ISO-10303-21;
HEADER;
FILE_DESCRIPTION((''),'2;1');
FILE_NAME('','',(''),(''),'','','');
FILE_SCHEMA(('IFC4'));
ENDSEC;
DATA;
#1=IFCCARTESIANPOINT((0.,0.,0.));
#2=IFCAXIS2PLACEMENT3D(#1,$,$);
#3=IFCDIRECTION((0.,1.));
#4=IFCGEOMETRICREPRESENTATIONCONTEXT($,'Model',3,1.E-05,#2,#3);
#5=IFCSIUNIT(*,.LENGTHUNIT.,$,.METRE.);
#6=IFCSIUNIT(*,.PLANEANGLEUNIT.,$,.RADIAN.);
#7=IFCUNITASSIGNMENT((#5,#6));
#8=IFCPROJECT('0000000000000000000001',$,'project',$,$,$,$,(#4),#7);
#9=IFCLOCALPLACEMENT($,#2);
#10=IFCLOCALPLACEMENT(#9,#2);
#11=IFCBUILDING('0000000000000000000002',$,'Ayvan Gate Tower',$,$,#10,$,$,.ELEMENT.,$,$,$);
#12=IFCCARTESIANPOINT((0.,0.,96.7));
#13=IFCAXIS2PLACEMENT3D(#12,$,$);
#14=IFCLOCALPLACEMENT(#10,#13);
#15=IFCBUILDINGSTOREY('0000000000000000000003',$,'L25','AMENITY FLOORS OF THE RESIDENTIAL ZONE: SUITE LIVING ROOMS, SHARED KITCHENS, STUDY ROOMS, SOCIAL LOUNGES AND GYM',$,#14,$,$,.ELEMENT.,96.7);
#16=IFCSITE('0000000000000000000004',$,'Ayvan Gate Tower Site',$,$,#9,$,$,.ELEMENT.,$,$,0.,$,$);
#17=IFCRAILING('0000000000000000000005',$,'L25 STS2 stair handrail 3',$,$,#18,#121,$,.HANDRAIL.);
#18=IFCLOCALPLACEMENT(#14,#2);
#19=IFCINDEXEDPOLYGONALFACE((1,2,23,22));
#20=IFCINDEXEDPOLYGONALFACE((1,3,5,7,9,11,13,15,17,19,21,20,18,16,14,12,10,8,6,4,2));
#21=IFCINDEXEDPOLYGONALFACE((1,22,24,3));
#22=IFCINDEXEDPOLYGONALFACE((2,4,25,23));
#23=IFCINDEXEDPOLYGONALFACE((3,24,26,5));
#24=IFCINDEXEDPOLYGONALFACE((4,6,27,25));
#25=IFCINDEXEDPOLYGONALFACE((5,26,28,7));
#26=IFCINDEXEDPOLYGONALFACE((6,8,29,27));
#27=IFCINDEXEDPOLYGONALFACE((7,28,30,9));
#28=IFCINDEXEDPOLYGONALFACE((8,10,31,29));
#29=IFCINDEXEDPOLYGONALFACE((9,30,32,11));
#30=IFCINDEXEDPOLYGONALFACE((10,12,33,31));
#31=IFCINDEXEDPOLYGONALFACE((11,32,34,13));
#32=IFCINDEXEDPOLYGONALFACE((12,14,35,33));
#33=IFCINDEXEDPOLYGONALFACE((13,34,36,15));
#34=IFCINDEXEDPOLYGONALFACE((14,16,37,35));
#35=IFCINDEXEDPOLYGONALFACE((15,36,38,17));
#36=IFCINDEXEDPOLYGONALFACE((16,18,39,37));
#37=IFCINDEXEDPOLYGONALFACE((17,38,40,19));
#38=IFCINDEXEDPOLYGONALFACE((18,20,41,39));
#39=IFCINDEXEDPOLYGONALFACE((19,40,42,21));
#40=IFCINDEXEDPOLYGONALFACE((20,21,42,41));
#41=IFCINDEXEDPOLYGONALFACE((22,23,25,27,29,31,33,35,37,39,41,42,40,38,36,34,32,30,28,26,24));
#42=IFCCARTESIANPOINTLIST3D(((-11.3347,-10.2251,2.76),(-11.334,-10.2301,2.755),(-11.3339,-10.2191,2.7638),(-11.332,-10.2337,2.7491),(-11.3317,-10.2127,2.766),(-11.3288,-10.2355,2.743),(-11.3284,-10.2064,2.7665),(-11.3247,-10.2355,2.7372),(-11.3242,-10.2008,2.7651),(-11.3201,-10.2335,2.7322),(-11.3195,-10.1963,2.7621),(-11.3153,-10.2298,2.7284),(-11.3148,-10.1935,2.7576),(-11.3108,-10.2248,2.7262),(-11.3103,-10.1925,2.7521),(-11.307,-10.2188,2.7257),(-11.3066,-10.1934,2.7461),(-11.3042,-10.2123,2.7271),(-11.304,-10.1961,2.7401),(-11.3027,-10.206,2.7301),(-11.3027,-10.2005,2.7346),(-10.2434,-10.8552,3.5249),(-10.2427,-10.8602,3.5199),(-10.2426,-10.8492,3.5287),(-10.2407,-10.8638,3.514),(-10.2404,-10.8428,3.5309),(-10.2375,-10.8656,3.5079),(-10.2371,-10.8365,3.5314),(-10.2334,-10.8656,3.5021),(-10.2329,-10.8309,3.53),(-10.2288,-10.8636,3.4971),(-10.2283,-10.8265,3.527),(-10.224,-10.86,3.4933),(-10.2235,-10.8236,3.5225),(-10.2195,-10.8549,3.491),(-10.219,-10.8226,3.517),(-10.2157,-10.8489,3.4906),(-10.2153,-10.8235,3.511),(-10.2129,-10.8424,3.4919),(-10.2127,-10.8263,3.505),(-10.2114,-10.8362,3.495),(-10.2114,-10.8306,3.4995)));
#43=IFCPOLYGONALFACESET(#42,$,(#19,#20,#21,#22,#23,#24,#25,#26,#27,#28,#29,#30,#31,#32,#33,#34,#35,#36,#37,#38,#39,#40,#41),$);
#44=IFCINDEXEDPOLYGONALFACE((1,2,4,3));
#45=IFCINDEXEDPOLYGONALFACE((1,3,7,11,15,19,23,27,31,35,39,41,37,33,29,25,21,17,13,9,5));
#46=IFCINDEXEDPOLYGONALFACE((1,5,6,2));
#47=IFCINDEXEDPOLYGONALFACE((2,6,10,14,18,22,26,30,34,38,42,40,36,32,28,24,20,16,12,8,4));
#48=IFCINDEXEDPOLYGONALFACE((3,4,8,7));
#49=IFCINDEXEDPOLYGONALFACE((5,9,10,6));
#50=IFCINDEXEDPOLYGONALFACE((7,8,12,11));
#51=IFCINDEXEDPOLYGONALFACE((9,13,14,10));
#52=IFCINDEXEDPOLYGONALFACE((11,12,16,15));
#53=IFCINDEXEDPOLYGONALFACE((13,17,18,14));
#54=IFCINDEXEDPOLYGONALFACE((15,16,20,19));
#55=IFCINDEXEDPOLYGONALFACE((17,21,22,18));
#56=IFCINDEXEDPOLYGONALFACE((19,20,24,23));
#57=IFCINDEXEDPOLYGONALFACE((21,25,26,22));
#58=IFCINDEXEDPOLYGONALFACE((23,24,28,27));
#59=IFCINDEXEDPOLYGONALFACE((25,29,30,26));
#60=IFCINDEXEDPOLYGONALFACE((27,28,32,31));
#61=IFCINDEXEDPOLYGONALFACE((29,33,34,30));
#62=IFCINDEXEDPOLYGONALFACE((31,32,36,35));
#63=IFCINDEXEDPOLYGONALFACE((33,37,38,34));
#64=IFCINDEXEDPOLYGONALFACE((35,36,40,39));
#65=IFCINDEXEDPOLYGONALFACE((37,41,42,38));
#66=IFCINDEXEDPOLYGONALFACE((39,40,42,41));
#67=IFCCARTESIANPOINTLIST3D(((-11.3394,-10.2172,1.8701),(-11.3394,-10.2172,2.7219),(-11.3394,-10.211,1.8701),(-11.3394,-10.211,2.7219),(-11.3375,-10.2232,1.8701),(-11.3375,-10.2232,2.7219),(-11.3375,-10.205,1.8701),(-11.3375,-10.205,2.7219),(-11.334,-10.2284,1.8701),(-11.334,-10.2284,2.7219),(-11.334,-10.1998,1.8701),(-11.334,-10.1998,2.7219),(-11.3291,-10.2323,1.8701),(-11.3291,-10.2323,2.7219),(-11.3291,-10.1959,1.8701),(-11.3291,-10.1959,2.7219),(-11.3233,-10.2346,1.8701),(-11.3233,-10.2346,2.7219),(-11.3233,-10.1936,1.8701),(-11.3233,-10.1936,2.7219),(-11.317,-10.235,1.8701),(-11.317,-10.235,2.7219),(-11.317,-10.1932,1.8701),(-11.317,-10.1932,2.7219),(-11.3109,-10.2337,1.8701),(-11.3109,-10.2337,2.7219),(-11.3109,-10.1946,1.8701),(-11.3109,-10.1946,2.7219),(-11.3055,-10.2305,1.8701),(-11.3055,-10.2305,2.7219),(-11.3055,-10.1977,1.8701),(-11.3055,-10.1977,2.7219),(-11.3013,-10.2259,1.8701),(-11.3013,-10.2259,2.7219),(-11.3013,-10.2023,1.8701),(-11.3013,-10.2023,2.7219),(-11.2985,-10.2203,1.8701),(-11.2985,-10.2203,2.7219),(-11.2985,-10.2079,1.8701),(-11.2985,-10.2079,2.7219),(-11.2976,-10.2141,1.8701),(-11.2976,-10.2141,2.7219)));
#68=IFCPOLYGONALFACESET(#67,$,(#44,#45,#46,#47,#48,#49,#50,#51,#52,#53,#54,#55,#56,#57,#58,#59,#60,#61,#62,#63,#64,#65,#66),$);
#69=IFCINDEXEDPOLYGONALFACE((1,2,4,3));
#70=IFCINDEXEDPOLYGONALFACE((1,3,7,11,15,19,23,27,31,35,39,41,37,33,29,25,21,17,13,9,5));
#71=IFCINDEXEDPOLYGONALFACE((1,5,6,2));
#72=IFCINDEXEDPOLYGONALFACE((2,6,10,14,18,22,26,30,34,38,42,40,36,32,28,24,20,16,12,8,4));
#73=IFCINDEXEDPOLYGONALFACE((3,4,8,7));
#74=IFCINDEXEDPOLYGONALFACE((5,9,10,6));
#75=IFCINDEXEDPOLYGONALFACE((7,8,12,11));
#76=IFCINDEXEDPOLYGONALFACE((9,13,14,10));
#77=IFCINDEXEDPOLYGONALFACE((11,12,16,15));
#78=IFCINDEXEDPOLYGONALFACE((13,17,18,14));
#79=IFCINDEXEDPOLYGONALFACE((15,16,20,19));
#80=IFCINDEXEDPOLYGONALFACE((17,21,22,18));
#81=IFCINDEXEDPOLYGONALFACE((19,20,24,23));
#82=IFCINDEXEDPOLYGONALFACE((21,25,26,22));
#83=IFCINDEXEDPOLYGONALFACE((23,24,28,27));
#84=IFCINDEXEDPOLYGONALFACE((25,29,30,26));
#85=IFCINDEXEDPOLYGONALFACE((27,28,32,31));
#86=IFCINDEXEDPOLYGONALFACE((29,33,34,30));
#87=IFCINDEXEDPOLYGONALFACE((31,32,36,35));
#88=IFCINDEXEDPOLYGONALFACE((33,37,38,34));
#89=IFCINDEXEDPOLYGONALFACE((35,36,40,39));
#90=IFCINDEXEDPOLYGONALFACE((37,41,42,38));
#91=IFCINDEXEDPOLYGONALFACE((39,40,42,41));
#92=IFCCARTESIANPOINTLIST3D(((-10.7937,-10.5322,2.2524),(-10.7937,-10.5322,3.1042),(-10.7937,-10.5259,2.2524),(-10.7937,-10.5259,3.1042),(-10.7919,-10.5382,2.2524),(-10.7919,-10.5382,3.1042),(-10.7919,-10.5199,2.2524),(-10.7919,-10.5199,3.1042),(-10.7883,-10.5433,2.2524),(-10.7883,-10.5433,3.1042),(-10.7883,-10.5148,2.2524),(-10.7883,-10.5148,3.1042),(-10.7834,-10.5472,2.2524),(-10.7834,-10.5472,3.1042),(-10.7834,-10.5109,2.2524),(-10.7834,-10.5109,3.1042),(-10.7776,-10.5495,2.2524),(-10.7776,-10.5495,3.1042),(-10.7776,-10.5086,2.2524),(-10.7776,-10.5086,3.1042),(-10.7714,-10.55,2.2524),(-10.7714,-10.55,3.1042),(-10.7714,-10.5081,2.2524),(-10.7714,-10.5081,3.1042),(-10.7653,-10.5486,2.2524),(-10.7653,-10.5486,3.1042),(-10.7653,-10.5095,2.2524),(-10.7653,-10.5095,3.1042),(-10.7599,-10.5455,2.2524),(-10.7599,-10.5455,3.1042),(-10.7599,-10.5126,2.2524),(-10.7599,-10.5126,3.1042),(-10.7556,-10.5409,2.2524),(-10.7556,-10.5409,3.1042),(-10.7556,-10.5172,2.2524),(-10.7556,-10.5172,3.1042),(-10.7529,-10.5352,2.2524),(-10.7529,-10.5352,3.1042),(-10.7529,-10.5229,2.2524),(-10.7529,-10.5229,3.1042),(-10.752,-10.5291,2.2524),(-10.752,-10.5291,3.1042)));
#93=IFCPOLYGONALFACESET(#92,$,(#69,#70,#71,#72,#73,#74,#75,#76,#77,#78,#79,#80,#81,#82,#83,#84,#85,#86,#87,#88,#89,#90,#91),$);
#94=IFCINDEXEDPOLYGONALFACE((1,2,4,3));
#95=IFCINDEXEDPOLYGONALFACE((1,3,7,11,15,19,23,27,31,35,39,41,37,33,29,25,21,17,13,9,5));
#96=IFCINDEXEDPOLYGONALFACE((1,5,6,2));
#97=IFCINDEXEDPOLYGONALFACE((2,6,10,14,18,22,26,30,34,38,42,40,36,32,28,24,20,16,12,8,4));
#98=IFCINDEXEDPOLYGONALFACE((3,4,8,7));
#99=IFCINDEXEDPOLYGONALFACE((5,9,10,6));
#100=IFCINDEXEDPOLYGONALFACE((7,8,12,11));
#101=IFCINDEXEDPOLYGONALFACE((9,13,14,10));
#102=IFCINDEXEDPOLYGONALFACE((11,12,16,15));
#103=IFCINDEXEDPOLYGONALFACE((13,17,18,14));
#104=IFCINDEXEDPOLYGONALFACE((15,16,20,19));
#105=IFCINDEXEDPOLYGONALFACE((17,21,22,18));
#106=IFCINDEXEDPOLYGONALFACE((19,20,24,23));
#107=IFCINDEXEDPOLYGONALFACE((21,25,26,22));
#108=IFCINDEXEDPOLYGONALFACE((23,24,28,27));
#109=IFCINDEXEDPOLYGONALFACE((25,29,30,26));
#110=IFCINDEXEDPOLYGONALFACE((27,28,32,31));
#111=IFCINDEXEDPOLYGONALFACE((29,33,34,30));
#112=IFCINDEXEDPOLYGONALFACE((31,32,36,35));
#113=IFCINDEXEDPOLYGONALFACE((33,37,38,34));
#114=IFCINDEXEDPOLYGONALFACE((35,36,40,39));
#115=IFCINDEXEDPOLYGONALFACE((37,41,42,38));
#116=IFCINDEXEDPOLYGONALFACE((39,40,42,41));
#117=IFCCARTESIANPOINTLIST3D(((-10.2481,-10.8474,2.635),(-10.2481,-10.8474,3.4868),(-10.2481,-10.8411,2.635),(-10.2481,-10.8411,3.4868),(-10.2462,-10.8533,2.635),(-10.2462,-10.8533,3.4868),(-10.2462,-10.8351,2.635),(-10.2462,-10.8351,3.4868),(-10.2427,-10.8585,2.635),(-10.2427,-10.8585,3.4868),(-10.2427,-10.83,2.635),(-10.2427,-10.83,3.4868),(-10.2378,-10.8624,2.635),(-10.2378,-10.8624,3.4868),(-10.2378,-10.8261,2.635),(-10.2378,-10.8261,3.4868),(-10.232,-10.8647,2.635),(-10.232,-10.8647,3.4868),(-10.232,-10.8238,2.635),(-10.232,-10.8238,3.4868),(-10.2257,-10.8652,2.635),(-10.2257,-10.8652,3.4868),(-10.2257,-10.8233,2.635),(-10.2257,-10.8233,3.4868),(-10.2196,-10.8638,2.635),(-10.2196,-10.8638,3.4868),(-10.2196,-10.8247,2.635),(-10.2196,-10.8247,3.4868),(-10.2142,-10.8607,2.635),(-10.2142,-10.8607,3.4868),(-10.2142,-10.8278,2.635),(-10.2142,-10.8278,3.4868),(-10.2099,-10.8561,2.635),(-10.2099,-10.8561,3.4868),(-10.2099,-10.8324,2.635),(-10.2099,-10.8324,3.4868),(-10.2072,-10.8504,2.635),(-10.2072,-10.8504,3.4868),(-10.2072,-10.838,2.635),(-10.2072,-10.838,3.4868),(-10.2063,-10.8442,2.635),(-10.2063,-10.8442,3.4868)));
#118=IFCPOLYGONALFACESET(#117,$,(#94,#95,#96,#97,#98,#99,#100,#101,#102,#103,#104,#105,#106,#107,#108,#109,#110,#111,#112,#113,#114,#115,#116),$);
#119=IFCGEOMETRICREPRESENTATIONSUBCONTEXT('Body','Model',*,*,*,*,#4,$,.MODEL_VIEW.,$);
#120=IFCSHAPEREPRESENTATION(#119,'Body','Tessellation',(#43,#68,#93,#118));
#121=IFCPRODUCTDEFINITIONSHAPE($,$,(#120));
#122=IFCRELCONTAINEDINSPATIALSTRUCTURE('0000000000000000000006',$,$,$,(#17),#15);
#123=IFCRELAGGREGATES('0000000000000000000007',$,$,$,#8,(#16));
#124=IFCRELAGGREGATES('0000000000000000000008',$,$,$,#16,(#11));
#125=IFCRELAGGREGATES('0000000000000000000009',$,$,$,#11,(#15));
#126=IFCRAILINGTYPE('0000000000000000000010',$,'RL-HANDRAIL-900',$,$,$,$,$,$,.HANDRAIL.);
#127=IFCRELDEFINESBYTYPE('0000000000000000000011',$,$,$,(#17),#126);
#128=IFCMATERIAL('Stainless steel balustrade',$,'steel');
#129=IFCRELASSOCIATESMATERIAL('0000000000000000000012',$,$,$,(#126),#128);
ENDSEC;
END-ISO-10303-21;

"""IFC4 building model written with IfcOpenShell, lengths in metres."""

from ifc_helpers import new_model, si_unit, direction, frame, origin, origin_2d, place, context, subcontext, project, spatial, circle, extrude, material, type_object, element, save


model = new_model("IFC4")

# Units and contexts
model_context = context("Model", 3, precision=1e-05, world=origin(), true_north=direction((0.0, 1.0)))
body_context = subcontext(model_context, "Body", "Model", "MODEL_VIEW")
ifc_project = project(units=[si_unit("LENGTHUNIT", "METRE"), si_unit("PLANEANGLEUNIT", "RADIAN")], contexts=[model_context])

# Site, building, storey
site_placement = place(None, origin())
site = spatial("IfcSite", under=ifc_project, at=site_placement, Name="Ayvan Gate Tower Site", CompositionType="ELEMENT", RefElevation=0.0)
building_placement = place(site_placement, origin())
building = spatial("IfcBuilding", under=site, at=building_placement, Name="Ayvan Gate Tower", CompositionType="ELEMENT")
storey_placement = place(building_placement, frame((0.0, 0.0, 96.7)))
storey = spatial("IfcBuildingStorey", under=building, at=storey_placement, Name="L25", Description="AMENITY FLOORS OF THE RESIDENTIAL ZONE: SUITE LIVING ROOMS, SHARED KITCHENS, STUDY ROOMS, SOCIAL LOUNGES AND GYM", CompositionType="ELEMENT", Elevation=96.7)

# Railing
ifc_material_1 = material(Name="Stainless steel balustrade", Category="steel")
railing_type_1 = type_object("IfcRailingType", Name="RL-HANDRAIL-900", PredefinedType="HANDRAIL", material=ifc_material_1)
railing_1_placement = place(storey_placement, frame((-11.3186, -10.2141, 1.8701)))
element("IfcRailing", 1, at=railing_1_placement, inside=storey, type_object=railing_type_1, Name="L25 STS2 stair handrail 3", PredefinedType="HANDRAIL", context=body_context, shape_type="SweptSolid", body=[
    extrude(circle(Radius=0.0239, at=origin_2d()), frame((0.0, 0.0, 0.876), z_axis=(0.740304, -0.427455, 0.518875), x_axis=(0.500035, 0.866005, 0.0)), (0.0, 0.0, 1.0), 1.4741),
    extrude(circle(Radius=0.021, at=origin_2d()), origin(), (0.0, 0.0, 1.0), 0.8518),
    extrude(circle(Radius=0.021, at=origin_2d()), frame((0.5457, -0.3149, 0.3823)), (0.0, 0.0, 1.0), 0.8518),
    extrude(circle(Radius=0.021, at=origin_2d()), frame((1.0913, -0.6301, 0.7649)), (0.0, 0.0, 1.0), 0.8518),
])

save(model, "model.ifc")
